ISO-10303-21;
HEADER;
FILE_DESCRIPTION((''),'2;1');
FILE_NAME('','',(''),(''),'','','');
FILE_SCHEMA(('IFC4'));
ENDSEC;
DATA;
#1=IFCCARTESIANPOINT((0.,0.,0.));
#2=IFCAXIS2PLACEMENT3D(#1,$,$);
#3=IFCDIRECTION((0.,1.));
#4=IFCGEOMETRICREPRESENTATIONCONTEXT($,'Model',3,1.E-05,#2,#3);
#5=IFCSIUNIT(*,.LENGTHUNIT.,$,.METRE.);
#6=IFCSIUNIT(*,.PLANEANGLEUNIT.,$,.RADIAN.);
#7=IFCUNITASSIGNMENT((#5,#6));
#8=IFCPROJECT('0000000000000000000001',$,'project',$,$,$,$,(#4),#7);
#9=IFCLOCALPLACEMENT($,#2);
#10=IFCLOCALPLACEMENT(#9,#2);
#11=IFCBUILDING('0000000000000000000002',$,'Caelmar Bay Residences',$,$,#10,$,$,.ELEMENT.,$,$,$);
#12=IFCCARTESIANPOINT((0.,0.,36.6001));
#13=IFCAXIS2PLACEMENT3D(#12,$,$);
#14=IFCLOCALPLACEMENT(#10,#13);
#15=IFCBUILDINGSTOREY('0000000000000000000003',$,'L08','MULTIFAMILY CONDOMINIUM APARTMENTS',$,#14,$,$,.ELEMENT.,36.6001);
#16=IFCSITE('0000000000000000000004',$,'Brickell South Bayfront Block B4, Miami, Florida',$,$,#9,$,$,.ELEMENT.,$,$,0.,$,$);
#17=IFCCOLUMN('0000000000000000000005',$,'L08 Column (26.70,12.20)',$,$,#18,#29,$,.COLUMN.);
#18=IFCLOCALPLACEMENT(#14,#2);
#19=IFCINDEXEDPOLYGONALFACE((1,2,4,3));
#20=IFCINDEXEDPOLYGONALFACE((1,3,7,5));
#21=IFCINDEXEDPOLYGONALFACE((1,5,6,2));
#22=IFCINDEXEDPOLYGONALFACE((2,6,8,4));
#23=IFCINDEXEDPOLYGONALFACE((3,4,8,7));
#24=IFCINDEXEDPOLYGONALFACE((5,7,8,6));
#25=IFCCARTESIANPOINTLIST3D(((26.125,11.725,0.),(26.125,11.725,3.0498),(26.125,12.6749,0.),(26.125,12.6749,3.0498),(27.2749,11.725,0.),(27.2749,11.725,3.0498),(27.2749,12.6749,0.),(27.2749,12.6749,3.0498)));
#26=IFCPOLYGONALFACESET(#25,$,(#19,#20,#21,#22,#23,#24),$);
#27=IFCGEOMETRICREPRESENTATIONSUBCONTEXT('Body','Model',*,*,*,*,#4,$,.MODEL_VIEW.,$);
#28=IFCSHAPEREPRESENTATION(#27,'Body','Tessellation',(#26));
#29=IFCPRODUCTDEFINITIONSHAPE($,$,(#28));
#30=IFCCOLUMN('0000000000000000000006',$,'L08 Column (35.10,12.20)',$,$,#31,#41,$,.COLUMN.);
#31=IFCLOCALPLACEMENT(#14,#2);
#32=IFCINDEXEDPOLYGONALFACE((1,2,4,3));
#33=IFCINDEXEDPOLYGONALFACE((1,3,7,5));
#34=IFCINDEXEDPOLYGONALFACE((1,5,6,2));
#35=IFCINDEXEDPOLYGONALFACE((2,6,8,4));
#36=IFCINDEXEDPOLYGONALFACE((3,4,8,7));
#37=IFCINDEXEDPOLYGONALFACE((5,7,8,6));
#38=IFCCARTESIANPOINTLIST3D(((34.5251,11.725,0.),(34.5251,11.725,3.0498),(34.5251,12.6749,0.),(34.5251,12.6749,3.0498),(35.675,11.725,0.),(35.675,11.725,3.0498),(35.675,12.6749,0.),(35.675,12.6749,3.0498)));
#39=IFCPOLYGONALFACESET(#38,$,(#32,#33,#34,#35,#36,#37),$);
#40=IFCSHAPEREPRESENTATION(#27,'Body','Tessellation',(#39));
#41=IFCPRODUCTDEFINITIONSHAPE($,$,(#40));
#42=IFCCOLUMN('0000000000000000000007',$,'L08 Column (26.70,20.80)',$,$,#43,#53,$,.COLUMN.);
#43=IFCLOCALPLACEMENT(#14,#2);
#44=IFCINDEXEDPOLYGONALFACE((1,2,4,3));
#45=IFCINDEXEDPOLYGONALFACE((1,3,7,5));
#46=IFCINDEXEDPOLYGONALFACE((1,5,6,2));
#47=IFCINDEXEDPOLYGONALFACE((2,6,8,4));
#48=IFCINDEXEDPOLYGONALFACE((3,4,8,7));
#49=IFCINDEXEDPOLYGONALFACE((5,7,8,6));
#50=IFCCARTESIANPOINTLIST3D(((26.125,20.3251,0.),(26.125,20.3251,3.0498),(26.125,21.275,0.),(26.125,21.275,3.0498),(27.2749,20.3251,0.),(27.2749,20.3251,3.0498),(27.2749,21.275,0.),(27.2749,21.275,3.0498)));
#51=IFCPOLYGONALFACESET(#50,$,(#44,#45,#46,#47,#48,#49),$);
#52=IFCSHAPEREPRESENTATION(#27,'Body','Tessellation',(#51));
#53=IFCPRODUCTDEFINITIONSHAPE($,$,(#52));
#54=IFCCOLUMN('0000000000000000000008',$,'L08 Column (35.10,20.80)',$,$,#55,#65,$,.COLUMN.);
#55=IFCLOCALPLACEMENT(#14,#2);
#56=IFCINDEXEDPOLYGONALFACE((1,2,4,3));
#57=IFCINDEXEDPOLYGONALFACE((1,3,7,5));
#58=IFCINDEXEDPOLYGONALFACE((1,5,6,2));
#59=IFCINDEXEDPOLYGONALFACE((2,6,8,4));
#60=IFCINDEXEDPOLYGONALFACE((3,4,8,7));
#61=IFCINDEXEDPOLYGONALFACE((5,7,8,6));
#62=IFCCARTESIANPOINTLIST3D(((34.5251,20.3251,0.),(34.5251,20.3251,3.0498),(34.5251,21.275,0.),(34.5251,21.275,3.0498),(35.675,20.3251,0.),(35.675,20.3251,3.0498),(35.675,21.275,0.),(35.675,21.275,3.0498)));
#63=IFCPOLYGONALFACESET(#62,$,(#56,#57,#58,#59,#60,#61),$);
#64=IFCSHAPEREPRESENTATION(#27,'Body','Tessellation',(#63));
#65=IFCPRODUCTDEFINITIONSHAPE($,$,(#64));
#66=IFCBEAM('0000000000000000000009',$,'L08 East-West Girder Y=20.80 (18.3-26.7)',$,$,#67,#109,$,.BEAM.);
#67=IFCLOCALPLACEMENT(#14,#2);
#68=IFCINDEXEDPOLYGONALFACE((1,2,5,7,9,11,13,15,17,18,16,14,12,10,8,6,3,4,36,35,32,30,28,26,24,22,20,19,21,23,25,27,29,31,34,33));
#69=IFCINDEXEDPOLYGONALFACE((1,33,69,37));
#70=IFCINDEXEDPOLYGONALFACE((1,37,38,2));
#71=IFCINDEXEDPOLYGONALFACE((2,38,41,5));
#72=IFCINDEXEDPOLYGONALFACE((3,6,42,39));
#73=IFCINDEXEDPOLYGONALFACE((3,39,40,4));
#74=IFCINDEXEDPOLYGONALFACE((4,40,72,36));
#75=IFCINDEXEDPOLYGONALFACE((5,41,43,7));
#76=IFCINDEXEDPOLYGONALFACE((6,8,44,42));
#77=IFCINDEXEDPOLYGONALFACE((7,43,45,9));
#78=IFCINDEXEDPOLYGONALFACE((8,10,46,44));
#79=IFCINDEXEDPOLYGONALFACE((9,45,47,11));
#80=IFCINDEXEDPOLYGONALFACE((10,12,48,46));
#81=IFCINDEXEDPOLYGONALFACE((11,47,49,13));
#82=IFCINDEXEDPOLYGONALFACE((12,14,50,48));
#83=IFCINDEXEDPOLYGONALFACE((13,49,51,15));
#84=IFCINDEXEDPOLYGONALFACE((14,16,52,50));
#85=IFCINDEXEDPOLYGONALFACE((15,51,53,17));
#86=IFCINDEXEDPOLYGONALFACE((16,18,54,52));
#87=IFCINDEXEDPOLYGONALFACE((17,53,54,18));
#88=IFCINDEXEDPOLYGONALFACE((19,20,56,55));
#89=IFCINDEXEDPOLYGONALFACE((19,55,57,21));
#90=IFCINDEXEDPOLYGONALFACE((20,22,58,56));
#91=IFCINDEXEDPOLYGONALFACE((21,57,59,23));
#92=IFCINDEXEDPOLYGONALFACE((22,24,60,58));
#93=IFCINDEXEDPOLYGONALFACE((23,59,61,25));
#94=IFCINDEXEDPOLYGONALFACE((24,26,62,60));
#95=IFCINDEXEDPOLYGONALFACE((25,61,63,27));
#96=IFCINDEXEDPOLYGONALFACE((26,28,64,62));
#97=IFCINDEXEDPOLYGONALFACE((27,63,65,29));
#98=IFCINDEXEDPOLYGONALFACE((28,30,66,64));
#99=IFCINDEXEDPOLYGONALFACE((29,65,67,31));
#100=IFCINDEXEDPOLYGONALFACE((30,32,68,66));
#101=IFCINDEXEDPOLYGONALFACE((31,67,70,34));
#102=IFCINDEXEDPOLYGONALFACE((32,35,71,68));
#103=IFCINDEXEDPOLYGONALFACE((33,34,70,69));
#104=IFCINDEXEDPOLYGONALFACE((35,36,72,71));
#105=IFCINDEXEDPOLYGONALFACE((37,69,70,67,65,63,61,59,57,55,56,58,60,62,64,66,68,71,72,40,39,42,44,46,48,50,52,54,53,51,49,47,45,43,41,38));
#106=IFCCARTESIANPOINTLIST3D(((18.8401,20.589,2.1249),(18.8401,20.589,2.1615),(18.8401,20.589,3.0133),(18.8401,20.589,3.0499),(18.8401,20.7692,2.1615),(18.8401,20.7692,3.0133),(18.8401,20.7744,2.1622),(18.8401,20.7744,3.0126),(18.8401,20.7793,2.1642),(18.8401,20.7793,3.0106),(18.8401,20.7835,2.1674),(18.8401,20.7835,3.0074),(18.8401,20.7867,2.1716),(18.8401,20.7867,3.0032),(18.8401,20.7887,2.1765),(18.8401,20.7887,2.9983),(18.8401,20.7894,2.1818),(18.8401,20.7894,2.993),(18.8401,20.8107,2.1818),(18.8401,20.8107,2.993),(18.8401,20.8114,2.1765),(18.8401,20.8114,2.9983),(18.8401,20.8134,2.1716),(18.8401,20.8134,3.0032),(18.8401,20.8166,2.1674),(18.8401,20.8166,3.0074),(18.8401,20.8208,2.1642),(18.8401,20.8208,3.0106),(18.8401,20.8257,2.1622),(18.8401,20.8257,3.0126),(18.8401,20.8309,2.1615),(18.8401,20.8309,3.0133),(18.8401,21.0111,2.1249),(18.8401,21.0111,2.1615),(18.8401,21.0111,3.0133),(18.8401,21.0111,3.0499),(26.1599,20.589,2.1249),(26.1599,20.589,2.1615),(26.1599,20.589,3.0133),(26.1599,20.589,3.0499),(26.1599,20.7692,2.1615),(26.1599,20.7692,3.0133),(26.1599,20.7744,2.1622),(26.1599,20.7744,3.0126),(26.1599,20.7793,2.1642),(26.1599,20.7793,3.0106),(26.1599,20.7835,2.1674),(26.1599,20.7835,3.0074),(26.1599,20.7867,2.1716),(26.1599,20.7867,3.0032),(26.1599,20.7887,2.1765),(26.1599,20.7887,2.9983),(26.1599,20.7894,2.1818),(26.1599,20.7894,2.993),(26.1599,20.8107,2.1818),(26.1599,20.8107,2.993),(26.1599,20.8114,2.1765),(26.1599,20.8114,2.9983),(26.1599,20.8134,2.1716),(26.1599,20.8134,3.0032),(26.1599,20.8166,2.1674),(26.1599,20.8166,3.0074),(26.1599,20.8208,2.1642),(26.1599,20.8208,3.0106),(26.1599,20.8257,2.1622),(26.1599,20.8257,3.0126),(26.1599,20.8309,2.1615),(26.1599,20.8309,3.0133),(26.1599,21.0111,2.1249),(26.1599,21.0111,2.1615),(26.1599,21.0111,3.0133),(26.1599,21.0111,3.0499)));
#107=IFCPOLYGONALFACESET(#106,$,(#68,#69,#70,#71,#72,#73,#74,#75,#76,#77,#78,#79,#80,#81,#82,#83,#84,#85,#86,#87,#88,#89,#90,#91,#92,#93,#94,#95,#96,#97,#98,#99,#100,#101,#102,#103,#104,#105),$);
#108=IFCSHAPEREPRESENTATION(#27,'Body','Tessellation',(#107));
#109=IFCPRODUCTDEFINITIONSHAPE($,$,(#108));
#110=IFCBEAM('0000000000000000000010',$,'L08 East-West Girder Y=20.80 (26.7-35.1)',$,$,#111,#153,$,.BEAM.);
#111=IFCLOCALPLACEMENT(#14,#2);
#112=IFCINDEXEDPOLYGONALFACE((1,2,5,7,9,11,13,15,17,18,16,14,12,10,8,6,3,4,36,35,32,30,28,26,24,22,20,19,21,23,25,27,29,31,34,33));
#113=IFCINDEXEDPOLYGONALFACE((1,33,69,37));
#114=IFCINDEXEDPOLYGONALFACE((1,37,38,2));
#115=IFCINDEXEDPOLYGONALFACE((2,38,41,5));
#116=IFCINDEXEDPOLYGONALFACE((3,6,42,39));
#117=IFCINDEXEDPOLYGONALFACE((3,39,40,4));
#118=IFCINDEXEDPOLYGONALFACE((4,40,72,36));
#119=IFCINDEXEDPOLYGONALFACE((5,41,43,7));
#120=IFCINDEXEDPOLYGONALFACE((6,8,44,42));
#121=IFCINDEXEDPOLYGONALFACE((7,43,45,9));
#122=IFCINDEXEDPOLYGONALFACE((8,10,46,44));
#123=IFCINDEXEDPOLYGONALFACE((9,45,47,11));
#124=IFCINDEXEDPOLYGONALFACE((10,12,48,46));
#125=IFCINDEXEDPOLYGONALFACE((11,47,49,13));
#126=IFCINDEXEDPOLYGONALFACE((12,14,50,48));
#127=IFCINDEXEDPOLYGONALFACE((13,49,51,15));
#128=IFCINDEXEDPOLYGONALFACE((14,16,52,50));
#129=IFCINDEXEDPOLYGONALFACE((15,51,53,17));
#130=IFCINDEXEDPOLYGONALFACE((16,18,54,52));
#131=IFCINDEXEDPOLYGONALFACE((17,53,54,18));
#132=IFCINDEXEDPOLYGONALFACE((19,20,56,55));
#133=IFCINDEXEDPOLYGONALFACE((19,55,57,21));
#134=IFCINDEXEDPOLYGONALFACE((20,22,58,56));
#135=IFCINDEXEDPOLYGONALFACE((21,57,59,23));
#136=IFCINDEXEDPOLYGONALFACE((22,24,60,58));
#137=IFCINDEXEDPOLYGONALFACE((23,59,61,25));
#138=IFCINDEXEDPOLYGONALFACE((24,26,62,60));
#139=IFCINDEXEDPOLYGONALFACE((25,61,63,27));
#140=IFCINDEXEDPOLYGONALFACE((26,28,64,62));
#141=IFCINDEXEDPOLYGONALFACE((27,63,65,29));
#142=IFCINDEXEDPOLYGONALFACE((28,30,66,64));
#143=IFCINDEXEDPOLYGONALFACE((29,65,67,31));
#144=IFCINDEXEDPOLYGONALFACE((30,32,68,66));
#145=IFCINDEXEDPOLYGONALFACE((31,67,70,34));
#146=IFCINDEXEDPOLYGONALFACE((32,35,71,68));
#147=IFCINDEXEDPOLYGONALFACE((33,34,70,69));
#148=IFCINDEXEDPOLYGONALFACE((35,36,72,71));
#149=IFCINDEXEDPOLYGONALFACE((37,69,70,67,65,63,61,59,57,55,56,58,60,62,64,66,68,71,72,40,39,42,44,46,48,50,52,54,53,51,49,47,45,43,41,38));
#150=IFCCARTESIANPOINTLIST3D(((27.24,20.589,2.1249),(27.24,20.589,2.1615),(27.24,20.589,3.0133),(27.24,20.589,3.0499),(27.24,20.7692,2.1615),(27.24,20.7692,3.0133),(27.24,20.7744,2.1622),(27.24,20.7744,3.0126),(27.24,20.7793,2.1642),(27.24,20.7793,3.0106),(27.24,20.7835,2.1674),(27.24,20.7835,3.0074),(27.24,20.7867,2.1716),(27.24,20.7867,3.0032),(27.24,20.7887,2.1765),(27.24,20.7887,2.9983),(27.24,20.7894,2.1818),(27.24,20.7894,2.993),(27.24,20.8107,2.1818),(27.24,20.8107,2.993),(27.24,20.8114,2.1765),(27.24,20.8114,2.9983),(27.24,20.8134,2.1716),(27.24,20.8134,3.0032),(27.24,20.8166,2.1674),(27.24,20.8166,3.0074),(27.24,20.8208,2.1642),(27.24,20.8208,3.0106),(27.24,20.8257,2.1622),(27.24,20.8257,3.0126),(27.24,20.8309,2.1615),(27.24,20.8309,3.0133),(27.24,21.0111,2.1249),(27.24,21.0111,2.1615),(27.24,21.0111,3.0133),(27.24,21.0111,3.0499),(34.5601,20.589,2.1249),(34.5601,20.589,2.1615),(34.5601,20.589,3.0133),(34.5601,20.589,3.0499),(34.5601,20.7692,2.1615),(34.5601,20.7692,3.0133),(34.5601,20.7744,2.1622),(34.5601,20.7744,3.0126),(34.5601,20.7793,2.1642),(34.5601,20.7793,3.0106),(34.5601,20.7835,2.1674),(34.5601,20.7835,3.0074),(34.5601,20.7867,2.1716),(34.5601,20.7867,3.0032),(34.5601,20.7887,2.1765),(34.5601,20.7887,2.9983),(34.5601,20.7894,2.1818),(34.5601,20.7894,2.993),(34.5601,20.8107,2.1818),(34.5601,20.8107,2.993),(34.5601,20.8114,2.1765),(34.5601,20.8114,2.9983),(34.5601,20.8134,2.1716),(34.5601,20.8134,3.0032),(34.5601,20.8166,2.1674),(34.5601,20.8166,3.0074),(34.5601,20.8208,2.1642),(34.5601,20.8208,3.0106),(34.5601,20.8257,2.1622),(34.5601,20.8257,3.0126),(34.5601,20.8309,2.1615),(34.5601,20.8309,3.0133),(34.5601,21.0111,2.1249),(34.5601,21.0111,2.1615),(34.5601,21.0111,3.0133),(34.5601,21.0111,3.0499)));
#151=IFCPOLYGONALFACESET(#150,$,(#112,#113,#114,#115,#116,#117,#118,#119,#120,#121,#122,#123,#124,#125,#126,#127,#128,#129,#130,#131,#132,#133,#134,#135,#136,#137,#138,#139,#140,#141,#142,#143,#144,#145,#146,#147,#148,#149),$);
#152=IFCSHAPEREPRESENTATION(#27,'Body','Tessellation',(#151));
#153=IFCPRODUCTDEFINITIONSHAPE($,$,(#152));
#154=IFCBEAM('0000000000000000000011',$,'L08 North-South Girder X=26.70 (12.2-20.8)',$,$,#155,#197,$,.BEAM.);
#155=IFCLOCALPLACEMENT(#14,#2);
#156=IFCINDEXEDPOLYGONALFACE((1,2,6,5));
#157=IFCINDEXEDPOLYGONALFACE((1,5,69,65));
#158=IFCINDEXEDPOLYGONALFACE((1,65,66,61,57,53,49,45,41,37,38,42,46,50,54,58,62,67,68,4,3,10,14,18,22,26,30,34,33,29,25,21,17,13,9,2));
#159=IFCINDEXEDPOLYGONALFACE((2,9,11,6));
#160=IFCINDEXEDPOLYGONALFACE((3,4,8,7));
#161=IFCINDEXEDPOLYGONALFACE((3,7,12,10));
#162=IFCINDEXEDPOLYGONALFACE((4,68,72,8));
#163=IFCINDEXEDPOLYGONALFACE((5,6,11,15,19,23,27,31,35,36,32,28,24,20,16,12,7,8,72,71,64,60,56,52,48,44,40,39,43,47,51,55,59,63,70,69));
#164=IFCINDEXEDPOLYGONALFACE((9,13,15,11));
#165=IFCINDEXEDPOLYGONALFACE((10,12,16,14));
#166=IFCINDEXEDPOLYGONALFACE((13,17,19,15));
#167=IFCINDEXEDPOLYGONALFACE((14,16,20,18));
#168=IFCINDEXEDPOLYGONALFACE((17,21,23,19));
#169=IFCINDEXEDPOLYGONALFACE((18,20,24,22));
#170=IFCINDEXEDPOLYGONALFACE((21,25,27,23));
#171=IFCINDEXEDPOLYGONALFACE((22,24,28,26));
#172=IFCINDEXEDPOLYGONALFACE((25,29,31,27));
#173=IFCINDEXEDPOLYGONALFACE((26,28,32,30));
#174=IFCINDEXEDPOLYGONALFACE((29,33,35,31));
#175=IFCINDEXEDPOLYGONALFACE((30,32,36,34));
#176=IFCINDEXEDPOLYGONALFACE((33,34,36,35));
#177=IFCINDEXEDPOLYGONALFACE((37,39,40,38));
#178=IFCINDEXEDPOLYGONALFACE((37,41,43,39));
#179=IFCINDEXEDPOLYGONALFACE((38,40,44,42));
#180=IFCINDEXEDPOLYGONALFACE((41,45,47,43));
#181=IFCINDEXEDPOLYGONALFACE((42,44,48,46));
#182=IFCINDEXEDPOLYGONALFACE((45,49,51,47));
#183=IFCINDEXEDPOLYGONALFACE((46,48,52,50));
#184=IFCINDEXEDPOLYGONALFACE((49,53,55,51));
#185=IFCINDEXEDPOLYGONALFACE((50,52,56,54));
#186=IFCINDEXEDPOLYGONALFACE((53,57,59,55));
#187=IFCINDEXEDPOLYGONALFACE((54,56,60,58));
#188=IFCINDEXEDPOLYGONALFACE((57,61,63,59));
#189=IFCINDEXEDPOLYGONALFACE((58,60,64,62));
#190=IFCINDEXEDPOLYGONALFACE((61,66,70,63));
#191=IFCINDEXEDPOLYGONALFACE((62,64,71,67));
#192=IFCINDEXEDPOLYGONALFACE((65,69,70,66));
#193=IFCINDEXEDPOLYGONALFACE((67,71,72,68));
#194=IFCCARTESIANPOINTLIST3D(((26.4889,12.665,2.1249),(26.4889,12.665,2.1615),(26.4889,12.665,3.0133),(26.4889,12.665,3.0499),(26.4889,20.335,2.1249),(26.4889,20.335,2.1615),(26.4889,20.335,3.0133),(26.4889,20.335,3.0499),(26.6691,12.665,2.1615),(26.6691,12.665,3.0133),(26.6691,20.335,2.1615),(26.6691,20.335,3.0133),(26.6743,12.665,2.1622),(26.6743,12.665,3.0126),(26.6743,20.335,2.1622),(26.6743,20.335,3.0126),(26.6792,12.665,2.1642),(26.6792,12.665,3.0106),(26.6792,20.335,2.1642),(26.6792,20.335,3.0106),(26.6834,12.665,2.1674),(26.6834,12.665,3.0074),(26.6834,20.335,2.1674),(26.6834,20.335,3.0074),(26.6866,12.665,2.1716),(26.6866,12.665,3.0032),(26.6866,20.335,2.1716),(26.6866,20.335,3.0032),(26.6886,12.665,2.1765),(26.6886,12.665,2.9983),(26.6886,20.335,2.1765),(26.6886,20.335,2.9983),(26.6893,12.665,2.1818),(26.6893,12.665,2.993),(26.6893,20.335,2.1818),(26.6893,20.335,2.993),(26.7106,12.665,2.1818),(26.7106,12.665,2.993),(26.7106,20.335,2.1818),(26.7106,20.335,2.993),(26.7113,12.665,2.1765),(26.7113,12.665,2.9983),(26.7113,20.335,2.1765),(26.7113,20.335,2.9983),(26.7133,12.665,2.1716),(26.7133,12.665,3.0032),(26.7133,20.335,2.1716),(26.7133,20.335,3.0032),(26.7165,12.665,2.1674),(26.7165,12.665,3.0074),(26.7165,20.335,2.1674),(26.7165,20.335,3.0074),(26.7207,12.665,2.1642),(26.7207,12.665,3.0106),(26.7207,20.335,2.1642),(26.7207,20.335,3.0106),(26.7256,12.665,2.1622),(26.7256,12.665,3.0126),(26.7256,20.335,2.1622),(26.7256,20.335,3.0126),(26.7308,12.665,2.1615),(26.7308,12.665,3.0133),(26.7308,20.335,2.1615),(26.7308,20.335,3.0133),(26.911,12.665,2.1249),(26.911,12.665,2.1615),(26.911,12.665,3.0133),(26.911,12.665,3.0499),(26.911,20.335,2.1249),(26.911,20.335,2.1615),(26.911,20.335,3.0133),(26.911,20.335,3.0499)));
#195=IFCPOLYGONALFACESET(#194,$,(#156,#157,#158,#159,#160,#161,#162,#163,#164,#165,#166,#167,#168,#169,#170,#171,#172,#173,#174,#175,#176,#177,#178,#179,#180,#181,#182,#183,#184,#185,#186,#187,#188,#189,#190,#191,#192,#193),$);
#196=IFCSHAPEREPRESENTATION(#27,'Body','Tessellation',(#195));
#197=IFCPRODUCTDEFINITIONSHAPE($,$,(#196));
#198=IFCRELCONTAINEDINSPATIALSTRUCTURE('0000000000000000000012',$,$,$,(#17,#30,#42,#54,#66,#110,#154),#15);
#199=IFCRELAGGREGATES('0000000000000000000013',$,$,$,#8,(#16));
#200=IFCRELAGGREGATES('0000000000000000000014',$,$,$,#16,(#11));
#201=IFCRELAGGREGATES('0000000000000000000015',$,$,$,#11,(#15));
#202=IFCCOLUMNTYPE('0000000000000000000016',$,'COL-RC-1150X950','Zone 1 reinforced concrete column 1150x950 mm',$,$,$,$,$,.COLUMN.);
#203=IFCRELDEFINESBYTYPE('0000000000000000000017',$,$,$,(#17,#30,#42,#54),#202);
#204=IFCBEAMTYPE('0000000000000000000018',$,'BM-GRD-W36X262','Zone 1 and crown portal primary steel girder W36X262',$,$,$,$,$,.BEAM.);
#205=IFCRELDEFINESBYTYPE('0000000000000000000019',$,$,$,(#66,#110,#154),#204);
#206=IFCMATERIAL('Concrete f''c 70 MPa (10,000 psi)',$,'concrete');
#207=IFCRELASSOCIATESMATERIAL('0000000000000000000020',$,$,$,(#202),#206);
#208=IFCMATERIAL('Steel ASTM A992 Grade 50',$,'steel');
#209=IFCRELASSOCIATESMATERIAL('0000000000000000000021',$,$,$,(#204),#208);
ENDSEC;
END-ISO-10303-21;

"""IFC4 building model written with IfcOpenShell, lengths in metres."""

from ifc_helpers import new_model, si_unit, direction, frame, origin, origin_2d, place, context, subcontext, project, spatial, rectangle, i_section, extrude, material, material_profile, profile_set, type_object, element, save


model = new_model("IFC4")

# Units and contexts
model_context = context("Model", 3, precision=1e-05, world=origin(), true_north=direction((0.0, 1.0)))
body_context = subcontext(model_context, "Body", "Model", "MODEL_VIEW")
ifc_project = project(units=[si_unit("LENGTHUNIT", "METRE"), si_unit("PLANEANGLEUNIT", "RADIAN")], contexts=[model_context])

# Site, building, storey
site_placement = place(None, origin())
site = spatial("IfcSite", under=ifc_project, at=site_placement, Name="Brickell South Bayfront Block B4, Miami, Florida", CompositionType="ELEMENT", RefElevation=0.0)
building_placement = place(site_placement, origin())
building = spatial("IfcBuilding", under=site, at=building_placement, Name="Caelmar Bay Residences", CompositionType="ELEMENT")
storey_placement = place(building_placement, frame((0.0, 0.0, 36.6001)))
storey = spatial("IfcBuildingStorey", under=building, at=storey_placement, Name="L08", Description="MULTIFAMILY CONDOMINIUM APARTMENTS", CompositionType="ELEMENT", Elevation=36.6001)

# Columns
ifc_material_1 = material(Name="Concrete f'c 70 MPa (10,000 psi)", Category="concrete")
ifc_material_profile_1 = material_profile(ifc_material_1, rectangle(XDim=1.1499, YDim=0.95, at=origin_2d()), Name="RC-COL-1150X950")
ifc_profile_set_1 = profile_set([ifc_material_profile_1], Name="Concrete f'c 70 MPa (10,000 psi)")
column_type = type_object("IfcColumnType", Name="COL-RC-1150X950", Description="Zone 1 reinforced concrete column 1150x950 mm", PredefinedType="COLUMN", material=ifc_profile_set_1)
for number, where, z_axis, x_axis, name in (
    (1, (26.7, 12.2, 0.0), (0.0, 0.0, 1.0), (1.0, 0.0, 0.0), "L08 Column (26.70,12.20)"),
    (2, (35.1001, 12.2, 0.0), (0.0, 0.0, 1.0), (1.0, 0.0, 0.0), "L08 Column (35.10,12.20)"),
    (3, (26.7, 20.8, 0.0), (0.0, 0.0, 1.0), (1.0, 0.0, 0.0), "L08 Column (26.70,20.80)"),
    (4, (35.1001, 20.8, 0.0), (0.0, 0.0, 1.0), (1.0, 0.0, 0.0), "L08 Column (35.10,20.80)"),
):
    element("IfcColumn", number, at=place(storey_placement, frame(where, z_axis=z_axis, x_axis=x_axis)), inside=storey, type_object=column_type, Name=name, PredefinedType="COLUMN", context=body_context, shape_type="SweptSolid", body=[
        extrude(rectangle(XDim=1.1499, YDim=0.95, at=origin_2d()), origin(), (0.0, 0.0, 1.0), 3.0498),
    ])

# Beams
ifc_material_2 = material(Name="Steel ASTM A992 Grade 50", Category="steel")
ifc_material_profile_2 = material_profile(ifc_material_2, i_section(OverallWidth=0.4221, OverallDepth=0.925, WebThickness=0.0212, FlangeThickness=0.0366, FilletRadius=0.0203, at=origin_2d()), Name="W36X262")
ifc_profile_set_2 = profile_set([ifc_material_profile_2], Name="Steel ASTM A992 Grade 50")
beam_type_1 = type_object("IfcBeamType", Name="BM-GRD-W36X262", Description="Zone 1 and crown portal primary steel girder W36X262", PredefinedType="BEAM", material=ifc_profile_set_2)
beam_1_placement = place(storey_placement, frame((18.8401, 20.8, 2.5874), z_axis=(1.0, 0.0, 0.0), x_axis=(0.0, 1.0, 0.0)))
element("IfcBeam", 5, at=beam_1_placement, inside=storey, type_object=beam_type_1, Name="L08 East-West Girder Y=20.80 (18.3-26.7)", PredefinedType="BEAM", context=body_context, shape_type="SweptSolid", body=[
    extrude(i_section(OverallWidth=0.4221, OverallDepth=0.925, WebThickness=0.0212, FlangeThickness=0.0366, FilletRadius=0.0203, at=origin_2d()), origin(), (0.0, 0.0, 1.0), 7.3198),
])
beam_2_placement = place(storey_placement, frame((27.24, 20.8, 2.5874), z_axis=(1.0, 0.0, 0.0), x_axis=(0.0, 1.0, 0.0)))
element("IfcBeam", 6, at=beam_2_placement, inside=storey, type_object=beam_type_1, Name="L08 East-West Girder Y=20.80 (26.7-35.1)", PredefinedType="BEAM", context=body_context, shape_type="SweptSolid", body=[
    extrude(i_section(OverallWidth=0.4221, OverallDepth=0.925, WebThickness=0.0212, FlangeThickness=0.0366, FilletRadius=0.0203, at=origin_2d()), origin(), (0.0, 0.0, 1.0), 7.3201),
])
for number, where, z_axis, x_axis, name in (
    (7, (26.7, 12.665, 2.5874), (0.0, 1.0, 0.0), (-1.0, 0.0, 0.0), "L08 North-South Girder X=26.70 (12.2-20.8)"),
):
    element("IfcBeam", number, at=place(storey_placement, frame(where, z_axis=z_axis, x_axis=x_axis)), inside=storey, type_object=beam_type_1, Name=name, PredefinedType="BEAM", context=body_context, shape_type="SweptSolid", body=[
        extrude(i_section(OverallWidth=0.4221, OverallDepth=0.925, WebThickness=0.0212, FlangeThickness=0.0366, FilletRadius=0.0203, at=origin_2d()), origin(), (0.0, 0.0, 1.0), 7.6699),
    ])

save(model, "model.ifc")
